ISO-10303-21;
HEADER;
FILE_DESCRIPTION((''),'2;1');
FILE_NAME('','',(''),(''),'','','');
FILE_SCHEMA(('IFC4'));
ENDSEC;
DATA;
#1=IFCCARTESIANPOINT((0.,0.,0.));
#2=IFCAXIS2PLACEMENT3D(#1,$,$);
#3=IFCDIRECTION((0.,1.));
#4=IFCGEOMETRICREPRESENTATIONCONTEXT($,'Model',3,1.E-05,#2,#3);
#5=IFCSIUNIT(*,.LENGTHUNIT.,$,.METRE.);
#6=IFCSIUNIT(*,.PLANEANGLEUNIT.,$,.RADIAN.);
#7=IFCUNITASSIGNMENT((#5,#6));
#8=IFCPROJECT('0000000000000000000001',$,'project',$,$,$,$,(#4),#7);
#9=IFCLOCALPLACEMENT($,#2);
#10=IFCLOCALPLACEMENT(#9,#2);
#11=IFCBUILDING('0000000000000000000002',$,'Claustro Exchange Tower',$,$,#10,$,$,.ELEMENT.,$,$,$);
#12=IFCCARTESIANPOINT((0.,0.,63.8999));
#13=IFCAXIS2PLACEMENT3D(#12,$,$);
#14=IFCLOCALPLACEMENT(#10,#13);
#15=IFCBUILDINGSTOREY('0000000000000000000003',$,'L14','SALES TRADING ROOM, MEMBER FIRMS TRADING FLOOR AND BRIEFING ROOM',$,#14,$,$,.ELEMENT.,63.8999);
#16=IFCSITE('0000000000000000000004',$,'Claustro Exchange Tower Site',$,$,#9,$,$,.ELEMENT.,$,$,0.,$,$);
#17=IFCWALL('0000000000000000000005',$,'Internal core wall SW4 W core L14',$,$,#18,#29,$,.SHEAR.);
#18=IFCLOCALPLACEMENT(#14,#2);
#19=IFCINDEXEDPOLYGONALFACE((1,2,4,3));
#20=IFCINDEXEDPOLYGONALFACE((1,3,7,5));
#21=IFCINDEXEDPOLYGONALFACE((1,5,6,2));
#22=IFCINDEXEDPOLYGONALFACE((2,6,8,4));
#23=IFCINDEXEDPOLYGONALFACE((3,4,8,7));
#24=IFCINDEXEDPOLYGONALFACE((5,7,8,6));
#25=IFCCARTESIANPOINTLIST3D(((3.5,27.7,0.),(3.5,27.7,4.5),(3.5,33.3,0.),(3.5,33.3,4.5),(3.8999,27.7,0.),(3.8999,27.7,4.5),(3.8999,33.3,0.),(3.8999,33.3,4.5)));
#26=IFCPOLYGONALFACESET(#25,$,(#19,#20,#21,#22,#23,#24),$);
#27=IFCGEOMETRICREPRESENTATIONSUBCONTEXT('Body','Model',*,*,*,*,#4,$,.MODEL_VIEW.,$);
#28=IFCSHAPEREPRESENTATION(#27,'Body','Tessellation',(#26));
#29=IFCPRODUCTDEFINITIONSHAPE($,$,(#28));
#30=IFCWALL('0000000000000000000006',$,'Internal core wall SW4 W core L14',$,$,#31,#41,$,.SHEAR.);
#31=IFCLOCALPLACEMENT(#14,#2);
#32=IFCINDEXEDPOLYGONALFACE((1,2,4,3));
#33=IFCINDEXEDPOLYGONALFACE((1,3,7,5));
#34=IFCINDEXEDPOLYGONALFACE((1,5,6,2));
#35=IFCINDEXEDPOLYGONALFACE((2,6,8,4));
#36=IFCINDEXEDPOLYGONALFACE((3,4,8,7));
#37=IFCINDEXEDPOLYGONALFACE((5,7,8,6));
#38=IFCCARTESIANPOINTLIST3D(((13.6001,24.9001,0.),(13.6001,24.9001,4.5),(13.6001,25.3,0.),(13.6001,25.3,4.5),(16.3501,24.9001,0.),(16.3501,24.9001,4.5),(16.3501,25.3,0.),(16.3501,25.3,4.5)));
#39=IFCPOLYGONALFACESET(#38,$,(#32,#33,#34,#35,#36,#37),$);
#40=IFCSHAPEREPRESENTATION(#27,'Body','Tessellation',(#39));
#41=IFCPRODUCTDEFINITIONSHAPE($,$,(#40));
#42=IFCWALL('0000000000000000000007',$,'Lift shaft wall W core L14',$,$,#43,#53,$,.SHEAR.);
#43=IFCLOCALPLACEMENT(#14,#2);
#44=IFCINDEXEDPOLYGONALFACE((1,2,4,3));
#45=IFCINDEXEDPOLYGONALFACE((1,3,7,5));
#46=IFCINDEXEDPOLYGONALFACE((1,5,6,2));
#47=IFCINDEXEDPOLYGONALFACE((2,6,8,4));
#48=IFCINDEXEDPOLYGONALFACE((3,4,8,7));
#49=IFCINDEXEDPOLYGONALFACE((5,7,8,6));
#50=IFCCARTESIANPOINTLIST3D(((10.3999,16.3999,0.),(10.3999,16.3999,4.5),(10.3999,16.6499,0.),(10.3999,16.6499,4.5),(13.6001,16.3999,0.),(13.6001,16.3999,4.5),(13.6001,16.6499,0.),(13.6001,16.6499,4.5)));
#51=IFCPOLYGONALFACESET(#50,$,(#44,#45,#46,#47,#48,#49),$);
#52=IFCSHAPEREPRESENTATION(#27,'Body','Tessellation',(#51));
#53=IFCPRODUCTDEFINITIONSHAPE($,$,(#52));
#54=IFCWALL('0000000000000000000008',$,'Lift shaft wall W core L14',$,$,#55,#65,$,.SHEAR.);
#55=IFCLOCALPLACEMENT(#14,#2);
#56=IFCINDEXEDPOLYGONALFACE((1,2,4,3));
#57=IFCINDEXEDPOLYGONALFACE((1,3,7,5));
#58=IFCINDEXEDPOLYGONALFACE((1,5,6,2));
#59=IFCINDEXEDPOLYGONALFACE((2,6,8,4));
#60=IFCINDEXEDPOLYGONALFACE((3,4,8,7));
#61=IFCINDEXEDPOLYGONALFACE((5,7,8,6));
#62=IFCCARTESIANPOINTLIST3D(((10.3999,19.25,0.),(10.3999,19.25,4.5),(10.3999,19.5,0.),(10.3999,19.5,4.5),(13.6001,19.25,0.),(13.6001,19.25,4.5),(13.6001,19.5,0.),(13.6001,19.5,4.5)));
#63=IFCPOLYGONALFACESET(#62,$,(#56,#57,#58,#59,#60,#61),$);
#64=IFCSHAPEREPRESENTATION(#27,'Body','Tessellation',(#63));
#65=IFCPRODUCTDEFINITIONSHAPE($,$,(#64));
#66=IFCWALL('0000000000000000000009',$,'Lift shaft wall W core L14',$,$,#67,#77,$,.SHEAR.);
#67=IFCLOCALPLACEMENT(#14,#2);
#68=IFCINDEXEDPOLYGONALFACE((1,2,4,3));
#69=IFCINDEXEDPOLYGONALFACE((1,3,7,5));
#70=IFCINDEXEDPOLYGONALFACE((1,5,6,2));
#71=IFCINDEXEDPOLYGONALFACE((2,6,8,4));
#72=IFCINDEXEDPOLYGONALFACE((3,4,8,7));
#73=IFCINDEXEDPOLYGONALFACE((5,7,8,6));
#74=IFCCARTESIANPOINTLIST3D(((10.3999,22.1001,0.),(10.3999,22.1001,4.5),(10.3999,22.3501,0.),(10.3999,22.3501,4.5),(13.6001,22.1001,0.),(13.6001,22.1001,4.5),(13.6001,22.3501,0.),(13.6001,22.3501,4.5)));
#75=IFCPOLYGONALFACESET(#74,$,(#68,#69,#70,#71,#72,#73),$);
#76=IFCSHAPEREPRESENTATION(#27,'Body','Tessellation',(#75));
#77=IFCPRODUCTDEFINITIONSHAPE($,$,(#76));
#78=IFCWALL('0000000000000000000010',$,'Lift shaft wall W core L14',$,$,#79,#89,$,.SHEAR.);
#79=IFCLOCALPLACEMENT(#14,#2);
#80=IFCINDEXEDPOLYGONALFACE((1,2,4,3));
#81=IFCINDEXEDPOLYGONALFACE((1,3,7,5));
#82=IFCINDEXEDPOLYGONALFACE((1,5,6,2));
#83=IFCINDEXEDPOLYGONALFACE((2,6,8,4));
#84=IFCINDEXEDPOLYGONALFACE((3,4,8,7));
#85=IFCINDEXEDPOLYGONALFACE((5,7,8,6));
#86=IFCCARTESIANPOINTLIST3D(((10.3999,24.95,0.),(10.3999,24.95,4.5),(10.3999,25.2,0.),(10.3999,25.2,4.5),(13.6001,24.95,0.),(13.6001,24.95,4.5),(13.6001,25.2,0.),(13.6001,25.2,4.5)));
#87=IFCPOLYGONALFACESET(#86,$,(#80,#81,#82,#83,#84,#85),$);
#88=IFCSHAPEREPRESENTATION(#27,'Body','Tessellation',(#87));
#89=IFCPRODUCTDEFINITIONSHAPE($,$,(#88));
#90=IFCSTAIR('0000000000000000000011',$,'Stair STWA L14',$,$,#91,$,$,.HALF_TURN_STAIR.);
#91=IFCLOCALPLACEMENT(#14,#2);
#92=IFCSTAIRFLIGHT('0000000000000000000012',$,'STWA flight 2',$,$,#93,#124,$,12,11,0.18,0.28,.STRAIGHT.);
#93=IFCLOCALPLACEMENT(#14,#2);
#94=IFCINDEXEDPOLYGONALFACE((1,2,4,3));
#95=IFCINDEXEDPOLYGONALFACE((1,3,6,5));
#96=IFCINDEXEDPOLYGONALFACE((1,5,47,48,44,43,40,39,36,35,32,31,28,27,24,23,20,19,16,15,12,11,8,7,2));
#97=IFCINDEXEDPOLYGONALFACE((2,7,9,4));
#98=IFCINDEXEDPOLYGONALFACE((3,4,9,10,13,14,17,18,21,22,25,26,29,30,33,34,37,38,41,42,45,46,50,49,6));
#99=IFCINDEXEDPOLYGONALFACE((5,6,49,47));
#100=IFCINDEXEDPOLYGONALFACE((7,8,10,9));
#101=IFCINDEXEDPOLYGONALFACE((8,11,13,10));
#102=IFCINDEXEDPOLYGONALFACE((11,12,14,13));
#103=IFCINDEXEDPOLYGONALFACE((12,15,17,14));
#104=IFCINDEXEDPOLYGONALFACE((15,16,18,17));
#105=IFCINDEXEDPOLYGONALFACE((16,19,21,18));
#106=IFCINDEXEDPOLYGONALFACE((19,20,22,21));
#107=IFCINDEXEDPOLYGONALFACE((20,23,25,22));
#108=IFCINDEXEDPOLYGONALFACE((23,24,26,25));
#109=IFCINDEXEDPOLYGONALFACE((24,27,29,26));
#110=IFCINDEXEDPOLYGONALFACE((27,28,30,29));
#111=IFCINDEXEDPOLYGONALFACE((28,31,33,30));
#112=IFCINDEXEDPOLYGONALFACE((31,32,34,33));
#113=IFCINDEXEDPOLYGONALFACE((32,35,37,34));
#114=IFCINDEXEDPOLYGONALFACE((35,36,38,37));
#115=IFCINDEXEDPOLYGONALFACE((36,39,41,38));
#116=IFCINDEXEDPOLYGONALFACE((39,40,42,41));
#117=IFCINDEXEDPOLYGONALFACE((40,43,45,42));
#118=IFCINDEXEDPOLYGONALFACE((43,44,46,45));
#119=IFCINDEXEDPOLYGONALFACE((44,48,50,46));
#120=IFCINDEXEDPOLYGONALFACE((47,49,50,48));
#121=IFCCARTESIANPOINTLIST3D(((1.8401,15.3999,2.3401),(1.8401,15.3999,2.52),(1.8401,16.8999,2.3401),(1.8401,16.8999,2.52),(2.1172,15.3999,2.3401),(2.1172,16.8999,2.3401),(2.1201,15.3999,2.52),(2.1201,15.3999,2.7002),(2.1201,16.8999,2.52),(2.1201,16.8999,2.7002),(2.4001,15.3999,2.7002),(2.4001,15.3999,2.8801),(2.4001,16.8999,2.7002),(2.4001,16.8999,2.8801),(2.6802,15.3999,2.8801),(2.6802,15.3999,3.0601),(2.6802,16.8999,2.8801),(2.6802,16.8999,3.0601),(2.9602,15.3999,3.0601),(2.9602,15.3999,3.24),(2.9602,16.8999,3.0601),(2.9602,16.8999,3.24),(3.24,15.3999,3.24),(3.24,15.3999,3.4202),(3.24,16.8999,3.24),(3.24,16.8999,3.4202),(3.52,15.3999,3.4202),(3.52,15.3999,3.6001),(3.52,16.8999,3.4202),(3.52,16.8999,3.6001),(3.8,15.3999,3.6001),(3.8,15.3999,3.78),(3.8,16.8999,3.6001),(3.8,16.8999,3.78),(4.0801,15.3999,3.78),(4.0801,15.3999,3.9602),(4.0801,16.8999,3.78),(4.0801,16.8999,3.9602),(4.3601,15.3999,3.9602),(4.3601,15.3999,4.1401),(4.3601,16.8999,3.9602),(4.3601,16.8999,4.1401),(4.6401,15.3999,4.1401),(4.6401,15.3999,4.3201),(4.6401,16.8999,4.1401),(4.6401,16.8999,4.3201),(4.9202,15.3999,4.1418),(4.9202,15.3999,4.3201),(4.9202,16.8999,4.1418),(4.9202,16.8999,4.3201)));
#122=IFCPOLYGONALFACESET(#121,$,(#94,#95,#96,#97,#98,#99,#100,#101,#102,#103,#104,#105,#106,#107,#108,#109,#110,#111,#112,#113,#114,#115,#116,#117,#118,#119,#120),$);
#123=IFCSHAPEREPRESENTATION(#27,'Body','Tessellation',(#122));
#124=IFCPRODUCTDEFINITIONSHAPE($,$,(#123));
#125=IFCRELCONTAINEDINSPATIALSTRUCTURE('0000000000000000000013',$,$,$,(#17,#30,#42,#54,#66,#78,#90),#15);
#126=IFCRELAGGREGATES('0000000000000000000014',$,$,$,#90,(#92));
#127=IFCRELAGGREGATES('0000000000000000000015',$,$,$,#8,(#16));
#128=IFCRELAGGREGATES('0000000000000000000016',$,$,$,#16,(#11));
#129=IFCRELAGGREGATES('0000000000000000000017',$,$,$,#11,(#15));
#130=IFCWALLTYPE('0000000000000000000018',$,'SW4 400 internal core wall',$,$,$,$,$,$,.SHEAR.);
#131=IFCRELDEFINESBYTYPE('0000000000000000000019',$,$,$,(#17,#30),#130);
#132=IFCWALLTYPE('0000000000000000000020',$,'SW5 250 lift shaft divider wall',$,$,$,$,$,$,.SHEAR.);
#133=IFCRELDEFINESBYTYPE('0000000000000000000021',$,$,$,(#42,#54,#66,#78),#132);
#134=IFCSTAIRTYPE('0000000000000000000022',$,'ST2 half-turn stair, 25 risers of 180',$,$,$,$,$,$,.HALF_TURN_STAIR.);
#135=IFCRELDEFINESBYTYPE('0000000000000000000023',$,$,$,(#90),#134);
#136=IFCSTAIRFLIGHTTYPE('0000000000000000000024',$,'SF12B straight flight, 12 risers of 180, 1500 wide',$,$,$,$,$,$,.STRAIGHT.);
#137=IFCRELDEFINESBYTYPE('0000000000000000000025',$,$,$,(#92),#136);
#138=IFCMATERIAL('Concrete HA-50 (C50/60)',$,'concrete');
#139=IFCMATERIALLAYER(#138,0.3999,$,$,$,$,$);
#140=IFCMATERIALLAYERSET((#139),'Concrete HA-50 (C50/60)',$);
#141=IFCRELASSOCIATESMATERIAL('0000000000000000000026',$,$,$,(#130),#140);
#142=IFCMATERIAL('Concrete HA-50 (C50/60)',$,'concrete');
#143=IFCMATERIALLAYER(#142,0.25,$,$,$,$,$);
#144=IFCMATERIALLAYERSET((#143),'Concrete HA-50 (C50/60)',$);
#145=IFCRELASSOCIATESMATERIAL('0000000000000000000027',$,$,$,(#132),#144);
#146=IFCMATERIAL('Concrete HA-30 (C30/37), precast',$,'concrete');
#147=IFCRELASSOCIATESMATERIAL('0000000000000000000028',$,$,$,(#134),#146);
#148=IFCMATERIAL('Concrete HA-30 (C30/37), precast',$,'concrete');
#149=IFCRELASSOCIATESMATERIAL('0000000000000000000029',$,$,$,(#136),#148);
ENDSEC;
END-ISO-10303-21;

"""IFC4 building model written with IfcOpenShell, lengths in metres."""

from ifc_helpers import new_model, si_unit, direction, frame, frame_2d, origin, place, context, subcontext, project, spatial, polyline, rectangle, outline, extrude, material, layer, layer_set, type_object, element, aggregate, save


model = new_model("IFC4")

# Units and contexts
model_context = context("Model", 3, precision=1e-05, world=origin(), true_north=direction((0.0, 1.0)))
body_context = subcontext(model_context, "Body", "Model", "MODEL_VIEW")
ifc_project = project(units=[si_unit("LENGTHUNIT", "METRE"), si_unit("PLANEANGLEUNIT", "RADIAN")], contexts=[model_context])

# Site, building, storey
site_placement = place(None, origin())
site = spatial("IfcSite", under=ifc_project, at=site_placement, Name="Claustro Exchange Tower Site", CompositionType="ELEMENT", RefElevation=0.0)
building_placement = place(site_placement, origin())
building = spatial("IfcBuilding", under=site, at=building_placement, Name="Claustro Exchange Tower", CompositionType="ELEMENT")
storey_placement = place(building_placement, frame((0.0, 0.0, 63.8999)))
storey = spatial("IfcBuildingStorey", under=building, at=storey_placement, Name="L14", Description="SALES TRADING ROOM, MEMBER FIRMS TRADING FLOOR AND BRIEFING ROOM", CompositionType="ELEMENT", Elevation=63.8999)

# Walls
ifc_material_1 = material(Name="Concrete HA-50 (C50/60)", Category="concrete")
ifc_layer_1 = layer(ifc_material_1, 0.3999)
ifc_layer_set_1 = layer_set([ifc_layer_1], Name="Concrete HA-50 (C50/60)")
wall_type_1 = type_object("IfcWallType", Name="SW4 400 internal core wall", PredefinedType="SHEAR", material=ifc_layer_set_1)
wall_1_placement = place(storey_placement, frame((3.7, 27.7, 0.0), z_axis=(0.0, 0.0, 1.0), x_axis=(0.0, 1.0, 0.0)))
element("IfcWall", 1, at=wall_1_placement, inside=storey, type_object=wall_type_1, Name="Internal core wall SW4 W core L14", PredefinedType="SHEAR", context=body_context, shape_type="SweptSolid", body=[
    extrude(rectangle(XDim=5.6001, YDim=0.3999, at=frame_2d((2.8, 0.0))), origin(), (0.0, 0.0, 1.0), 4.5),
])
wall_2_placement = place(storey_placement, frame((13.6001, 25.1001, 0.0), z_axis=(0.0, 0.0, 1.0), x_axis=(1.0, 0.0, 0.0)))
element("IfcWall", 2, at=wall_2_placement, inside=storey, type_object=wall_type_1, Name="Internal core wall SW4 W core L14", PredefinedType="SHEAR", context=body_context, shape_type="SweptSolid", body=[
    extrude(rectangle(XDim=2.75, YDim=0.3999, at=frame_2d((1.375, 0.0))), origin(), (0.0, 0.0, 1.0), 4.5),
])
ifc_material_2 = material(Name="Concrete HA-50 (C50/60)", Category="concrete")
ifc_layer_2 = layer(ifc_material_2, 0.25)
ifc_layer_set_2 = layer_set([ifc_layer_2], Name="Concrete HA-50 (C50/60)")
wall_type_2 = type_object("IfcWallType", Name="SW5 250 lift shaft divider wall", PredefinedType="SHEAR", material=ifc_layer_set_2)
for number, where, z_axis, x_axis, name in (
    (3, (10.3999, 16.5249, 0.0), (0.0, 0.0, 1.0), (1.0, 0.0, 0.0), "Lift shaft wall W core L14"),
    (4, (10.3999, 19.375, 0.0), (0.0, 0.0, 1.0), (1.0, 0.0, 0.0), "Lift shaft wall W core L14"),
    (5, (10.3999, 22.2251, 0.0), (0.0, 0.0, 1.0), (1.0, 0.0, 0.0), "Lift shaft wall W core L14"),
    (6, (10.3999, 25.075, 0.0), (0.0, 0.0, 1.0), (1.0, 0.0, 0.0), "Lift shaft wall W core L14"),
):
    element("IfcWall", number, at=place(storey_placement, frame(where, z_axis=z_axis, x_axis=x_axis)), inside=storey, type_object=wall_type_2, Name=name, PredefinedType="SHEAR", context=body_context, shape_type="SweptSolid", body=[
        extrude(rectangle(XDim=3.2002, YDim=0.25, at=frame_2d((1.6001, 0.0))), origin(), (0.0, 0.0, 1.0), 4.5),
    ])

# Stair, stair flight
ifc_material_3 = material(Name="Concrete HA-30 (C30/37), precast", Category="concrete")
stair_type = type_object("IfcStairType", Name="ST2 half-turn stair, 25 risers of 180", PredefinedType="HALF_TURN_STAIR", material=ifc_material_3)
stair_placement = place(storey_placement, origin())
stair = element("IfcStair", 7, at=stair_placement, inside=storey, type_object=stair_type, Name="Stair STWA L14", PredefinedType="HALF_TURN_STAIR")
ifc_material_4 = material(Name="Concrete HA-30 (C30/37), precast", Category="concrete")
stair_flight_type = type_object("IfcStairFlightType", Name="SF12B straight flight, 12 risers of 180, 1500 wide", PredefinedType="STRAIGHT", material=ifc_material_4)
stair_flight_placement = place(storey_placement, frame((1.8401, 16.1499, 2.3401), z_axis=(0.0, 0.0, 1.0), x_axis=(1.0, 0.0, 0.0)))
stair_flight = element("IfcStairFlight", 8, at=stair_flight_placement, type_object=stair_flight_type, Name="STWA flight 2", NumberOfRisers=12, NumberOfTreads=11, PredefinedType="STRAIGHT", RiserHeight=0.18, TreadLength=0.28, context=body_context, shape_type="SweptSolid", body=[
    extrude(outline(polyline([(0.0, 0.0), (0.0, 0.1799), (0.28, 0.1799), (0.28, 0.3601), (0.5601, 0.3601), (0.5601, 0.54), (0.8401, 0.54), (0.8401, 0.72), (1.1201, 0.72), (1.1201, 0.8999), (1.3999, 0.8999), (1.3999, 1.0801), (1.6799, 1.0801), (1.6799, 1.26), (1.96, 1.26), (1.96, 1.4399), (2.24, 1.4399), (2.24, 1.6201), (2.52, 1.6201), (2.52, 1.8), (2.8, 1.8), (2.8, 1.98), (3.0801, 1.98), (3.0801, 2.1599), (3.0801, 1.8018), (0.2771, 0.0), (0.0, 0.0)])), frame((0.0, 0.75, 0.0), z_axis=(0.0, -1.0, 0.0), x_axis=(1.0, 0.0, 0.0)), (0.0, 0.0, 1.0), 1.5),
])
aggregate(stair, [stair_flight])

save(model, "model.ifc")
